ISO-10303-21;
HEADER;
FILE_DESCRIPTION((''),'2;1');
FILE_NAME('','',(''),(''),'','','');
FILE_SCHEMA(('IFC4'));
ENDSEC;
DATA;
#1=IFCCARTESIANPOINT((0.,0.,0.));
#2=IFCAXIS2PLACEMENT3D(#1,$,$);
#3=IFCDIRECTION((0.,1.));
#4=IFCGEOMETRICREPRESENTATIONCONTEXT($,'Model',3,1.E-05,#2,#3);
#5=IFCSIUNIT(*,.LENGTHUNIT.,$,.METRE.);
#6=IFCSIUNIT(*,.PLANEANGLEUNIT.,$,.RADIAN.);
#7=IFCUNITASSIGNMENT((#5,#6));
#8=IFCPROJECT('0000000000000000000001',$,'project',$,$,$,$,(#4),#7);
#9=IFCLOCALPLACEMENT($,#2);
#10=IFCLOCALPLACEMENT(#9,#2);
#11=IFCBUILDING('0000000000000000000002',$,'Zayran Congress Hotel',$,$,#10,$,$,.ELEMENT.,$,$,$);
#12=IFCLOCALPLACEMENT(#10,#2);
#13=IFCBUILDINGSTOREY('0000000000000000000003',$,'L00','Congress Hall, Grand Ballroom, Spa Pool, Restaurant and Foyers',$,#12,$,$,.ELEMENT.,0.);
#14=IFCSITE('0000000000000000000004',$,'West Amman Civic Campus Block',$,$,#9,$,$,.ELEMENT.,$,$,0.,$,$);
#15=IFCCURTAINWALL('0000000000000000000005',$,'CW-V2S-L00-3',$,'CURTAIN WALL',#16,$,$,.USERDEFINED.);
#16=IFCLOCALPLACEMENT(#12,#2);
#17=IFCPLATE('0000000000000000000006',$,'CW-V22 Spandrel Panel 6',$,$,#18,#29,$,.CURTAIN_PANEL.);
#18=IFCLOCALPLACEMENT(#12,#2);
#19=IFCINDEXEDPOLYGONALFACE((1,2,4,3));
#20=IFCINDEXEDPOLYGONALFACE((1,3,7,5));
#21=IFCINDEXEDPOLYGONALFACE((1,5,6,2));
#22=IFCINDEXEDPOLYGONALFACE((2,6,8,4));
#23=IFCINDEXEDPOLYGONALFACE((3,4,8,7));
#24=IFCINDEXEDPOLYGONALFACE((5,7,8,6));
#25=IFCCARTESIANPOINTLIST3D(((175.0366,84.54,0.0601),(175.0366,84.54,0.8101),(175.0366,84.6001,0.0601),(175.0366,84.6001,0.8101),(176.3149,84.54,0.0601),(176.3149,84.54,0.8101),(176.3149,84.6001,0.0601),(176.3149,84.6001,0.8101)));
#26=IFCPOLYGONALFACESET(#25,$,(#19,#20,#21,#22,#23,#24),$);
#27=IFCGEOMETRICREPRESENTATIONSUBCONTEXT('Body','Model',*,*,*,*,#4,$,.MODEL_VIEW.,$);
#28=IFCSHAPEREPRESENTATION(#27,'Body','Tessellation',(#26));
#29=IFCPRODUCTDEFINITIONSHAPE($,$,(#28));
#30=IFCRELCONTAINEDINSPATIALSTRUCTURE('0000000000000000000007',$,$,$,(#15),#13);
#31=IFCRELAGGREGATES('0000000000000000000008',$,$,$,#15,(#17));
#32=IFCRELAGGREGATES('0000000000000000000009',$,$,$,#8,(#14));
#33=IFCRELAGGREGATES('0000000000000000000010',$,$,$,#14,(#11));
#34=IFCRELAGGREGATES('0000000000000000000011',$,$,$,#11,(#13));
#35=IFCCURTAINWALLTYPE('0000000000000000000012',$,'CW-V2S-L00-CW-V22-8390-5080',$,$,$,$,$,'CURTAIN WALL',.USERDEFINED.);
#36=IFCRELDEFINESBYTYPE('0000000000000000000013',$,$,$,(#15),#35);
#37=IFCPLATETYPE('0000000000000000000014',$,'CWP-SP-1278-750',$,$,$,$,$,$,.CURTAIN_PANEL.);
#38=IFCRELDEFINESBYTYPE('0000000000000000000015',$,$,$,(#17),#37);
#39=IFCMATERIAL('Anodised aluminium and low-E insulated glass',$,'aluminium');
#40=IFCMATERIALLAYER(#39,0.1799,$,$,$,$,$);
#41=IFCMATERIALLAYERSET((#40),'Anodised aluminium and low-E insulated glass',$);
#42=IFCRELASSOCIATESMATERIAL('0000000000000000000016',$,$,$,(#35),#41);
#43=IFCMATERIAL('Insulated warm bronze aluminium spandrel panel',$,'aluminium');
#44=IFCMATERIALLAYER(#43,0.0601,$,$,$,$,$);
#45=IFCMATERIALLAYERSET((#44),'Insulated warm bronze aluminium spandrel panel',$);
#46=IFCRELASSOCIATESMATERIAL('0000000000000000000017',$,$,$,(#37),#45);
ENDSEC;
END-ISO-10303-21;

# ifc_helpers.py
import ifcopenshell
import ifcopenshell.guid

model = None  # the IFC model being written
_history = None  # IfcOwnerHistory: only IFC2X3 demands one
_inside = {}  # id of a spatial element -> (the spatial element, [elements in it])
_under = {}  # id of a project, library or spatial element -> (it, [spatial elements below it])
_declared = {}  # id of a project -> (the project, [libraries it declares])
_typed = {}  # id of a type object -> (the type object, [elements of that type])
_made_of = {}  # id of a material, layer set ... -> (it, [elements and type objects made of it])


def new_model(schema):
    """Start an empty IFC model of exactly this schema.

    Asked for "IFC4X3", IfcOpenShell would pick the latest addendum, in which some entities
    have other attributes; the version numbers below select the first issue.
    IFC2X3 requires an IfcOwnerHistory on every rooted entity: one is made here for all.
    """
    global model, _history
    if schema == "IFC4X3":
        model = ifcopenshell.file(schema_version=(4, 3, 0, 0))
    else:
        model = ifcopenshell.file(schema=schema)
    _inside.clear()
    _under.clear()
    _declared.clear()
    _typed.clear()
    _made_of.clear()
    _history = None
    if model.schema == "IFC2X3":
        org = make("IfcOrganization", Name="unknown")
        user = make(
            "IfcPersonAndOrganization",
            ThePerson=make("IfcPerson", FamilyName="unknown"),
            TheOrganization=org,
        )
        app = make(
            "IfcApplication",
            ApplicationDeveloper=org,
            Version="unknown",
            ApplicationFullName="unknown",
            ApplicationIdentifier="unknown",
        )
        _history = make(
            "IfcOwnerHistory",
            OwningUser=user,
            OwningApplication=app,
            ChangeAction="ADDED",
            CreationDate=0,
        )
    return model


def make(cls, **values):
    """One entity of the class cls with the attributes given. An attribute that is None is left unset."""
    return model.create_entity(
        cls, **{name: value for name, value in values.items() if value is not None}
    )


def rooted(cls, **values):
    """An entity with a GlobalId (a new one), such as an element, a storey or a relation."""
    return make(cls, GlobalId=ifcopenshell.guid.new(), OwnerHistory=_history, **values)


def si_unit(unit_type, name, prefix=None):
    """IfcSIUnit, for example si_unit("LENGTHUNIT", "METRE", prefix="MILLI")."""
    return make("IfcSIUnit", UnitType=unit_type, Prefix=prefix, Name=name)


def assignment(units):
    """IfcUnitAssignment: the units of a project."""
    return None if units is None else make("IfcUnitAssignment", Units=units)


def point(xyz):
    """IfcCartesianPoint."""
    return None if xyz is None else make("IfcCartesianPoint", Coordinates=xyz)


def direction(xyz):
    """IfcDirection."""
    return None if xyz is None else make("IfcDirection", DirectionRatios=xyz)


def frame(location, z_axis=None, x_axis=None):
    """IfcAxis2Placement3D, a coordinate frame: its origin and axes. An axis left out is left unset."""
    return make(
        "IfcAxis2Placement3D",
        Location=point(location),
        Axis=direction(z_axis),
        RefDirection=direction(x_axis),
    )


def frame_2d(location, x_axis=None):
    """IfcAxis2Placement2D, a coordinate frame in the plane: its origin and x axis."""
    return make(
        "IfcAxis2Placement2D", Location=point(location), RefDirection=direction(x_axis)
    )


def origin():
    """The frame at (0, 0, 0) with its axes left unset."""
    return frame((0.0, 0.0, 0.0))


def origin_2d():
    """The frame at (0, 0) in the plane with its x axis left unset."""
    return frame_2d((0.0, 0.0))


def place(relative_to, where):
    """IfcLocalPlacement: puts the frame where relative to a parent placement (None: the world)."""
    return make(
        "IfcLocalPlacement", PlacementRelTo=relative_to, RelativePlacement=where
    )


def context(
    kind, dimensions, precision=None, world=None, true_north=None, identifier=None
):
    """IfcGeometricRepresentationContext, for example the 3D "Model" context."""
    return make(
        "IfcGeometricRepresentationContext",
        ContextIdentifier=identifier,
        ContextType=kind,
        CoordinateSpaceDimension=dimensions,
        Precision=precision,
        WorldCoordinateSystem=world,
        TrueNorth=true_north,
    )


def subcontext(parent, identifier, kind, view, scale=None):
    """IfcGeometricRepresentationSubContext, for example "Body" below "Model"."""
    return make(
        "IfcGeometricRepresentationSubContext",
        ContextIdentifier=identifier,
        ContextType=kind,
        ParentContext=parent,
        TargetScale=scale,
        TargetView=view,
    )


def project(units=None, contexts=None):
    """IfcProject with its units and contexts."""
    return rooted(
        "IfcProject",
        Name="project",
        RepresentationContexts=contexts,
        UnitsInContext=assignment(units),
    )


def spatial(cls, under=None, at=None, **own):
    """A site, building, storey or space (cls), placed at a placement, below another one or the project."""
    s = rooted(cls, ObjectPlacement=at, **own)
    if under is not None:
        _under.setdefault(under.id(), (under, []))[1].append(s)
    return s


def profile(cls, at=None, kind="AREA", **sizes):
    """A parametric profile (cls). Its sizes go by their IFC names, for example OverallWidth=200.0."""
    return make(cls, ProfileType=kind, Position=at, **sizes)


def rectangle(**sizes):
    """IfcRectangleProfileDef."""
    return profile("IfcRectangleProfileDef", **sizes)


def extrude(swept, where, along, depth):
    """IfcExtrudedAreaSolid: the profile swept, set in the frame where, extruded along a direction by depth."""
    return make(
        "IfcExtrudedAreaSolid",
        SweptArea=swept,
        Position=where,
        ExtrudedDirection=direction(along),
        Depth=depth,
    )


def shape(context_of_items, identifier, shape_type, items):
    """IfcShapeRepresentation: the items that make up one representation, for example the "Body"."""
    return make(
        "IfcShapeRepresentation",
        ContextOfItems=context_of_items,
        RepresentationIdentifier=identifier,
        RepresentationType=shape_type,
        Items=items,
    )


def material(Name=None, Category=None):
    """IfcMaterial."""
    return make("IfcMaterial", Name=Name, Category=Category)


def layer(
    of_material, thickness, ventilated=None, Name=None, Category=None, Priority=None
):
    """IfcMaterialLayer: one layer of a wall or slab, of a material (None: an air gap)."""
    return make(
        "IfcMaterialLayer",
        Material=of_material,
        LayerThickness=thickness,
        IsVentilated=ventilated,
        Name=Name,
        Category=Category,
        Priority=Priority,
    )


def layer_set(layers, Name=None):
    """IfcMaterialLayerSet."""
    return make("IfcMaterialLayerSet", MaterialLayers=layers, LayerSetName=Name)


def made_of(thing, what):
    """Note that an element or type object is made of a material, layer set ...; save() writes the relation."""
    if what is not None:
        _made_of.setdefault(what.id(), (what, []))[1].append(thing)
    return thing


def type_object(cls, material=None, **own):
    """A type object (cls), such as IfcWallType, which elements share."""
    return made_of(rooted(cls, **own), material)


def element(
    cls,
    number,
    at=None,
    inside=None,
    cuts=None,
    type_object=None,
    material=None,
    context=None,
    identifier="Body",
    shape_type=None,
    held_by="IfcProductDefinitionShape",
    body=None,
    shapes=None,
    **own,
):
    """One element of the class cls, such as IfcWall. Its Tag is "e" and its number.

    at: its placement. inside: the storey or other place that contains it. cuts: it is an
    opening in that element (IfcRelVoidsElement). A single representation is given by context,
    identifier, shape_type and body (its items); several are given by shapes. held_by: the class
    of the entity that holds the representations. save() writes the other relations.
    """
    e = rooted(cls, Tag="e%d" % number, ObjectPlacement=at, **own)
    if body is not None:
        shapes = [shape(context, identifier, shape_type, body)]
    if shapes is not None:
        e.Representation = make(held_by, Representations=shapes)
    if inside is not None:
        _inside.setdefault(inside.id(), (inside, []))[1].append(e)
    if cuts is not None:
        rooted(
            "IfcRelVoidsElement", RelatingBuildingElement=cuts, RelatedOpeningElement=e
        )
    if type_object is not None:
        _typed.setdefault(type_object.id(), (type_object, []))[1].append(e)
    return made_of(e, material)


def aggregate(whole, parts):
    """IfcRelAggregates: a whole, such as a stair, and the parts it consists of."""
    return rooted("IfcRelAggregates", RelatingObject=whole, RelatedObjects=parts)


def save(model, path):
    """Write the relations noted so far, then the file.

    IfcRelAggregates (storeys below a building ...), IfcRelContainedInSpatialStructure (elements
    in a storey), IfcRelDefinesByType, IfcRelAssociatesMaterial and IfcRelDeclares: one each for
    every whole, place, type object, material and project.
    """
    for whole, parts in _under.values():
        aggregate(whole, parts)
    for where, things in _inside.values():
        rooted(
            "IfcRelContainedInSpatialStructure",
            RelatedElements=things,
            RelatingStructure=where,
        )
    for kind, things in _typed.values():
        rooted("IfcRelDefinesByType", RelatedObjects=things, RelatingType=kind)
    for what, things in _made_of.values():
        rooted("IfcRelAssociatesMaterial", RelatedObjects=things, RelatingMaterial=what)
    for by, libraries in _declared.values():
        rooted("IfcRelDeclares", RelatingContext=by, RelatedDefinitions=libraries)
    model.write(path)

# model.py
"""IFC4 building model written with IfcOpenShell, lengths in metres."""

from ifc_helpers import new_model, si_unit, direction, frame, origin, origin_2d, place, context, subcontext, project, spatial, rectangle, extrude, material, layer, layer_set, type_object, element, aggregate, save


model = new_model("IFC4")

# Units and contexts
model_context = context("Model", 3, precision=1e-05, world=origin(), true_north=direction((0.0, 1.0)))
body_context = subcontext(model_context, "Body", "Model", "MODEL_VIEW")
ifc_project = project(units=[si_unit("LENGTHUNIT", "METRE"), si_unit("PLANEANGLEUNIT", "RADIAN")], contexts=[model_context])

# Site, building, storey
site_placement = place(None, origin())
site = spatial("IfcSite", under=ifc_project, at=site_placement, Name="West Amman Civic Campus Block", CompositionType="ELEMENT", RefElevation=0.0)
building_placement = place(site_placement, origin())
building = spatial("IfcBuilding", under=site, at=building_placement, Name="Zayran Congress Hotel", CompositionType="ELEMENT")
storey_placement = place(building_placement, origin())
storey = spatial("IfcBuildingStorey", under=building, at=storey_placement, Name="L00", Description="Congress Hall, Grand Ballroom, Spa Pool, Restaurant and Foyers", CompositionType="ELEMENT", Elevation=0.0)

# Curtain wall
ifc_material_1 = material(Name="Anodised aluminium and low-E insulated glass", Category="aluminium")
ifc_layer_1 = layer(ifc_material_1, 0.1799)
ifc_layer_set_1 = layer_set([ifc_layer_1], Name="Anodised aluminium and low-E insulated glass")
curtain_wall_type_1 = type_object("IfcCurtainWallType", Name="CW-V2S-L00-CW-V22-8390-5080", ElementType="CURTAIN WALL", PredefinedType="USERDEFINED", material=ifc_layer_set_1)
curtain_wall_1_placement = place(storey_placement, origin())
curtain_wall_1 = element("IfcCurtainWall", 1, at=curtain_wall_1_placement, inside=storey, type_object=curtain_wall_type_1, Name="CW-V2S-L00-3", ObjectType="CURTAIN WALL", PredefinedType="USERDEFINED")

# Shared definitions
ifc_material_2 = material(Name="Insulated warm bronze aluminium spandrel panel", Category="aluminium")

# Plate
ifc_layer_2 = layer(ifc_material_2, 0.0601)
ifc_layer_set_2 = layer_set([ifc_layer_2], Name="Insulated warm bronze aluminium spandrel panel")
plate_type_1 = type_object("IfcPlateType", Name="CWP-SP-1278-750", PredefinedType="CURTAIN_PANEL", material=ifc_layer_set_2)
plate_1_placement = place(storey_placement, frame((175.6758, 84.5701, 0.0601), z_axis=(0.0, 0.0, 1.0), x_axis=(1.0, 0.0, 0.0)))
plate_1 = element("IfcPlate", 2, at=plate_1_placement, type_object=plate_type_1, Name="CW-V22 Spandrel Panel 6", PredefinedType="CURTAIN_PANEL", context=body_context, shape_type="SweptSolid", body=[
    extrude(rectangle(XDim=1.2783, YDim=0.0601, at=origin_2d()), origin(), (0.0, 0.0, 1.0), 0.75),
])
aggregate(curtain_wall_1, [plate_1])

save(model, "model.ifc")
